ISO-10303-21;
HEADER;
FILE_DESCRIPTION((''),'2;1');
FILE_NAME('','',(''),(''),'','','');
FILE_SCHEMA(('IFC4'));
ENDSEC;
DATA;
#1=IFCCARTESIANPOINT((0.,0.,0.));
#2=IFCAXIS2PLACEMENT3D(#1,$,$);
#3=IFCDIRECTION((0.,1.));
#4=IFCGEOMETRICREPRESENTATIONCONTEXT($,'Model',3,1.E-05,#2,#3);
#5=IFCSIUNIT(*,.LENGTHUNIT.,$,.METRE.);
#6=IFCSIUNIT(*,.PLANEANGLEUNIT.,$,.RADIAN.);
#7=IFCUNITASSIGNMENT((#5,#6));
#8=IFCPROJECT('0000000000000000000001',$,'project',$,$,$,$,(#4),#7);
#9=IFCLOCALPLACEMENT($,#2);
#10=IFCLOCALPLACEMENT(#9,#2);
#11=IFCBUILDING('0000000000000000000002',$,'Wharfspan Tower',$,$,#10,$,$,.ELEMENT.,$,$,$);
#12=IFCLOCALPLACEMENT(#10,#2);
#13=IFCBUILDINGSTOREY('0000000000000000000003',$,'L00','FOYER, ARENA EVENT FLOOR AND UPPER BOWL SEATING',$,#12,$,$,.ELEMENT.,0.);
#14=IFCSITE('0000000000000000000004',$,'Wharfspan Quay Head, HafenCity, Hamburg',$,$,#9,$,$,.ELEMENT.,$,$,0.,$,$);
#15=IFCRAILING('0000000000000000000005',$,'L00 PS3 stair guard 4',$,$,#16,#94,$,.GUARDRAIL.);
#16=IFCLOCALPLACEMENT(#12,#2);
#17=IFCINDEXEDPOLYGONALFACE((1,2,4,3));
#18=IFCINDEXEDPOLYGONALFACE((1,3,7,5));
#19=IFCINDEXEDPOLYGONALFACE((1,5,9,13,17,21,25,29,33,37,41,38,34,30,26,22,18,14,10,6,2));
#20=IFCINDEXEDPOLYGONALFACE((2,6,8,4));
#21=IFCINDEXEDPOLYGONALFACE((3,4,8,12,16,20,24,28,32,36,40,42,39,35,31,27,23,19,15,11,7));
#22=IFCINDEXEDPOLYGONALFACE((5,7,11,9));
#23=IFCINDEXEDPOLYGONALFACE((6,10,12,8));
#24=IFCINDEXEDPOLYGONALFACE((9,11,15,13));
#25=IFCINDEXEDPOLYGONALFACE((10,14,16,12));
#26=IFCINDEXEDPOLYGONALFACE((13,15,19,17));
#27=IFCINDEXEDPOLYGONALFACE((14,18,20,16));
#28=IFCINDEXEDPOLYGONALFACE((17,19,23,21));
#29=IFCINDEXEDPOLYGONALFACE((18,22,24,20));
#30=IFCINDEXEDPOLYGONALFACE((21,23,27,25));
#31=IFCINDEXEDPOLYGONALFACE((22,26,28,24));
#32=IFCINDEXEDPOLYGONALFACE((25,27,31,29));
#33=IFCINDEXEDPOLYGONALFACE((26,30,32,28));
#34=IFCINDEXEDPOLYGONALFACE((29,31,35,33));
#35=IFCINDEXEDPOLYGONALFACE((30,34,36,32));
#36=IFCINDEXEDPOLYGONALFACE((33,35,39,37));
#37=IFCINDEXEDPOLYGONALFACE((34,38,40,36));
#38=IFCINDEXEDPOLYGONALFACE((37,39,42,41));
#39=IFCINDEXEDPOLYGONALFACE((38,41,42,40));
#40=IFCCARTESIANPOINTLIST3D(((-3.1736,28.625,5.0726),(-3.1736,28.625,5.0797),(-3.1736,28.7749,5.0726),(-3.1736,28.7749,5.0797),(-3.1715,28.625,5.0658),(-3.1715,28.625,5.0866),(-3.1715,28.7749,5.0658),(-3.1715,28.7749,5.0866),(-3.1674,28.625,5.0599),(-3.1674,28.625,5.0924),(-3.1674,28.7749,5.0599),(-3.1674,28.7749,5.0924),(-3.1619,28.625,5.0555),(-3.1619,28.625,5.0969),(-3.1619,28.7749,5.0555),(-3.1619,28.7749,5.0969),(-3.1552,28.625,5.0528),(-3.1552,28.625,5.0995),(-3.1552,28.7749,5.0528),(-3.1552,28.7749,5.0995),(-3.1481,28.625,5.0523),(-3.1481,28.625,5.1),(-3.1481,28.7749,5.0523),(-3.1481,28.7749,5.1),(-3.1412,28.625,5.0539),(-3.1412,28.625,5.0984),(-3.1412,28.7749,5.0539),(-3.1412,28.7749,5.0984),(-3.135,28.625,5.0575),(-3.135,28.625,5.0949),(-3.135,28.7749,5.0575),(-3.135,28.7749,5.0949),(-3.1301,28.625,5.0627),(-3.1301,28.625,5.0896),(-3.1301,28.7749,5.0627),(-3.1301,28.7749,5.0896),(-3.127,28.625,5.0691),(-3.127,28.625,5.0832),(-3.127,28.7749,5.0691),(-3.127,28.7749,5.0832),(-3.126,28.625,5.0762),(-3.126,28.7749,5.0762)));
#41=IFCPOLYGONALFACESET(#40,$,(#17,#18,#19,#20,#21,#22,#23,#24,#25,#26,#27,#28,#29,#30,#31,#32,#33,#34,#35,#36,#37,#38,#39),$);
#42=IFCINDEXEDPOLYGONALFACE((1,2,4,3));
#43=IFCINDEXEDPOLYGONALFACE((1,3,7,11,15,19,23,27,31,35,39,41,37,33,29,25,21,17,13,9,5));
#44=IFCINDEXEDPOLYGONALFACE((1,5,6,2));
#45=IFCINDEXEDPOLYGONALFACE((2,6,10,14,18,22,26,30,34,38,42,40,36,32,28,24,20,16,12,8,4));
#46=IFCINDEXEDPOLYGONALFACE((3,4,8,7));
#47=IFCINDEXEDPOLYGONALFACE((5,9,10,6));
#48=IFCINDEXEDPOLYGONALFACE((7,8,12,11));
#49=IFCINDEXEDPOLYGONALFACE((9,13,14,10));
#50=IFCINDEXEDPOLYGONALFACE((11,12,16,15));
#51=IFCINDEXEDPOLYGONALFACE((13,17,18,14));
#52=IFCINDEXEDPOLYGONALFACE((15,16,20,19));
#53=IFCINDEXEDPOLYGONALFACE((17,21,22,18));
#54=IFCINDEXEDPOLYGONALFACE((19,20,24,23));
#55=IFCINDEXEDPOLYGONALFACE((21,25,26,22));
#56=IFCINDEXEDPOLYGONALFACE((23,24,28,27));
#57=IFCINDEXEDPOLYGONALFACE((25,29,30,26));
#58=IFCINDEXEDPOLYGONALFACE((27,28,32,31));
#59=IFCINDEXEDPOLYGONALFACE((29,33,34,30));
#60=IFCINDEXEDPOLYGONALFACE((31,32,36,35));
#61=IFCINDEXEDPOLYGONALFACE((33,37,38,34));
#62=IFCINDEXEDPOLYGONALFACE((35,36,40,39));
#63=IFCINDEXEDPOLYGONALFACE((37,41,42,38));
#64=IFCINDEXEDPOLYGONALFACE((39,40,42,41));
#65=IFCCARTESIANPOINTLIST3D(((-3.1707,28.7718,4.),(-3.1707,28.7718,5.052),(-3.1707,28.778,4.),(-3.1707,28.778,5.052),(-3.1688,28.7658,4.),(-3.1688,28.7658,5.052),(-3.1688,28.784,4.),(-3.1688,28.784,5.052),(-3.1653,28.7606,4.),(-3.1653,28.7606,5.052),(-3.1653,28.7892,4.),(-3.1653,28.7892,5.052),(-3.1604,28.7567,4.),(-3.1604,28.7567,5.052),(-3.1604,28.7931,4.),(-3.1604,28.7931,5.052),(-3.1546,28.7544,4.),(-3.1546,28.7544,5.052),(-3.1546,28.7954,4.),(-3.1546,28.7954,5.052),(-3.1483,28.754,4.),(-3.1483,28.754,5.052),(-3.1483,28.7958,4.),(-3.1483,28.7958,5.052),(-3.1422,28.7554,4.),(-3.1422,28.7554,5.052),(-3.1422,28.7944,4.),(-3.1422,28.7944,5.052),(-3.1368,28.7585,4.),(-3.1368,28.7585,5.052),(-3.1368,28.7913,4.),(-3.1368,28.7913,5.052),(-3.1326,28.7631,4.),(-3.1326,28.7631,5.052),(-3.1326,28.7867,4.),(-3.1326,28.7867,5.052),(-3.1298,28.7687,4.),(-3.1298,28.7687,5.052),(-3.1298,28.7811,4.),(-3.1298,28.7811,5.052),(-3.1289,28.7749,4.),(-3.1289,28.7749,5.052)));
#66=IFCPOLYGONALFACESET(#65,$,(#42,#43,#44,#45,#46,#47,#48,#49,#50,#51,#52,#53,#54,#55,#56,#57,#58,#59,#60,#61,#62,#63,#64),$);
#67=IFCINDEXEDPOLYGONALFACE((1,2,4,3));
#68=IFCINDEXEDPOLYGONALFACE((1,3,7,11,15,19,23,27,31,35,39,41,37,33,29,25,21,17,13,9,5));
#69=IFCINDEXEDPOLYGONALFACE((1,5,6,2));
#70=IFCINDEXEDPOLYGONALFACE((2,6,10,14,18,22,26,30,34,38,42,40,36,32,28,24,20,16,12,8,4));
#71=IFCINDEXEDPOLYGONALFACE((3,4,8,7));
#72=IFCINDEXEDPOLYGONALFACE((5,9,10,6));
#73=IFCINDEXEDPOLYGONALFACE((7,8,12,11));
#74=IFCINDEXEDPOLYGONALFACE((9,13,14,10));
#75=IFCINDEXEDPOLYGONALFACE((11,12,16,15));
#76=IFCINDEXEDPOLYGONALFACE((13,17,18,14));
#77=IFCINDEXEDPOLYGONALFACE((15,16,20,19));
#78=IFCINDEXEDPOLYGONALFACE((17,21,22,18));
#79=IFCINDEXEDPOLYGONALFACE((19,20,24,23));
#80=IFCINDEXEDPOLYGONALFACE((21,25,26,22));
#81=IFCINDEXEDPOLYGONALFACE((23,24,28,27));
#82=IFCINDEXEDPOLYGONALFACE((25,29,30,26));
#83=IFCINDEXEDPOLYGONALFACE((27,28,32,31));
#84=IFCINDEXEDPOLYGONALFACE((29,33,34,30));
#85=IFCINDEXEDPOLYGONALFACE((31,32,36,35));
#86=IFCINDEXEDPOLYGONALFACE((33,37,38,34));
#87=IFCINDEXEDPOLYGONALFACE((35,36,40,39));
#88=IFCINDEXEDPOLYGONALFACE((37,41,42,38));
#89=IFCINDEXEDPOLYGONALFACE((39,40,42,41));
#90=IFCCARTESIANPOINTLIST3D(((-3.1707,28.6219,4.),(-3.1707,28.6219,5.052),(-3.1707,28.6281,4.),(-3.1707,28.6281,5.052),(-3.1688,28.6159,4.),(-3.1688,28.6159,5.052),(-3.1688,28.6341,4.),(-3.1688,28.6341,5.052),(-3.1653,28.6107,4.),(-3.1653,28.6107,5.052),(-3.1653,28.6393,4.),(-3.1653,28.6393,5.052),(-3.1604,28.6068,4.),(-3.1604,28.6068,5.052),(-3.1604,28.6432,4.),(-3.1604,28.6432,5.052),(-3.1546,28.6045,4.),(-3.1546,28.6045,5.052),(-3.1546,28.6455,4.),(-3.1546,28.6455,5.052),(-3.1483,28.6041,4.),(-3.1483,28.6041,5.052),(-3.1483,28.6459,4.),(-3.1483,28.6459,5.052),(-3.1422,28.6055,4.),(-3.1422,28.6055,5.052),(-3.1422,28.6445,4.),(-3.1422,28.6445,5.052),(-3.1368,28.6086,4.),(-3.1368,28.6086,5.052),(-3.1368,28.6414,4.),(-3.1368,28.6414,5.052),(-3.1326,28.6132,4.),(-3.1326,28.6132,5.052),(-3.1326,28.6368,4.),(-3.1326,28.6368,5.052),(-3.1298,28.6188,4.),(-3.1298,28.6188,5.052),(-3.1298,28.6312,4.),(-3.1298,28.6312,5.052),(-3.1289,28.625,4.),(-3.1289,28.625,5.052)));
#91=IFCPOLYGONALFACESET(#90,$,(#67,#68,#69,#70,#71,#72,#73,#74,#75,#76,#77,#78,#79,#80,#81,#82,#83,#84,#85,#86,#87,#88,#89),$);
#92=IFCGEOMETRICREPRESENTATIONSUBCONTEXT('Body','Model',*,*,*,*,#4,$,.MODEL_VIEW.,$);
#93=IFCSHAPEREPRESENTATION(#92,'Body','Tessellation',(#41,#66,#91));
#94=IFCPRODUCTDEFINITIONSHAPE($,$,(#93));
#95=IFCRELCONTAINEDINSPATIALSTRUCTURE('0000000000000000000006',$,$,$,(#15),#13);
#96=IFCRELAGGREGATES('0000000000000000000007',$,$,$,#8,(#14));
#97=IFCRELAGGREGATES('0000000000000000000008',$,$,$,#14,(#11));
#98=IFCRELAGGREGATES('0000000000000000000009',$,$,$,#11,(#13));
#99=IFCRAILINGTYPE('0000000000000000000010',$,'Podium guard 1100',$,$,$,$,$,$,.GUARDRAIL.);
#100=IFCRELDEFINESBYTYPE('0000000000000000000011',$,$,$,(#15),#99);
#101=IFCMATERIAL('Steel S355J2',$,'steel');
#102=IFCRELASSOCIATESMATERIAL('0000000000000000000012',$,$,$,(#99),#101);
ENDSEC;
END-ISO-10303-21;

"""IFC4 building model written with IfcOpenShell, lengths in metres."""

from ifc_helpers import new_model, si_unit, direction, frame, origin, origin_2d, place, context, subcontext, project, spatial, circle, extrude, material, type_object, element, save


model = new_model("IFC4")

# Units and contexts
model_context = context("Model", 3, precision=1e-05, world=origin(), true_north=direction((0.0, 1.0)))
body_context = subcontext(model_context, "Body", "Model", "MODEL_VIEW")
ifc_project = project(units=[si_unit("LENGTHUNIT", "METRE"), si_unit("PLANEANGLEUNIT", "RADIAN")], contexts=[model_context])

# Site, building, storey
site_placement = place(None, origin())
site = spatial("IfcSite", under=ifc_project, at=site_placement, Name="Wharfspan Quay Head, HafenCity, Hamburg", CompositionType="ELEMENT", RefElevation=0.0)
building_placement = place(site_placement, origin())
building = spatial("IfcBuilding", under=site, at=building_placement, Name="Wharfspan Tower", CompositionType="ELEMENT")
storey_placement = place(building_placement, origin())
storey = spatial("IfcBuildingStorey", under=building, at=storey_placement, Name="L00", Description="FOYER, ARENA EVENT FLOOR AND UPPER BOWL SEATING", CompositionType="ELEMENT", Elevation=0.0)

# Railing
ifc_material_1 = material(Name="Steel S355J2", Category="steel")
railing_type_1 = type_object("IfcRailingType", Name="Podium guard 1100", PredefinedType="GUARDRAIL", material=ifc_material_1)
railing_1_placement = place(storey_placement, frame((-3.1499, 28.7749, 4.0)))
element("IfcRailing", 1, at=railing_1_placement, inside=storey, type_object=railing_type_1, Name="L00 PS3 stair guard 4", PredefinedType="GUARDRAIL", context=body_context, shape_type="SweptSolid", body=[
    extrude(circle(Radius=0.0239, at=origin_2d()), frame((0.0, 0.0, 1.0762), z_axis=(0.0, -1.0, 0.0), x_axis=(1.0, 0.0, 0.0)), (0.0, 0.0, 1.0), 0.1499),
    extrude(circle(Radius=0.021, at=origin_2d()), origin(), (0.0, 0.0, 1.0), 1.052),
    extrude(circle(Radius=0.021, at=origin_2d()), frame((0.0, -0.1499, 0.0)), (0.0, 0.0, 1.0), 1.052),
])

save(model, "model.ifc")
